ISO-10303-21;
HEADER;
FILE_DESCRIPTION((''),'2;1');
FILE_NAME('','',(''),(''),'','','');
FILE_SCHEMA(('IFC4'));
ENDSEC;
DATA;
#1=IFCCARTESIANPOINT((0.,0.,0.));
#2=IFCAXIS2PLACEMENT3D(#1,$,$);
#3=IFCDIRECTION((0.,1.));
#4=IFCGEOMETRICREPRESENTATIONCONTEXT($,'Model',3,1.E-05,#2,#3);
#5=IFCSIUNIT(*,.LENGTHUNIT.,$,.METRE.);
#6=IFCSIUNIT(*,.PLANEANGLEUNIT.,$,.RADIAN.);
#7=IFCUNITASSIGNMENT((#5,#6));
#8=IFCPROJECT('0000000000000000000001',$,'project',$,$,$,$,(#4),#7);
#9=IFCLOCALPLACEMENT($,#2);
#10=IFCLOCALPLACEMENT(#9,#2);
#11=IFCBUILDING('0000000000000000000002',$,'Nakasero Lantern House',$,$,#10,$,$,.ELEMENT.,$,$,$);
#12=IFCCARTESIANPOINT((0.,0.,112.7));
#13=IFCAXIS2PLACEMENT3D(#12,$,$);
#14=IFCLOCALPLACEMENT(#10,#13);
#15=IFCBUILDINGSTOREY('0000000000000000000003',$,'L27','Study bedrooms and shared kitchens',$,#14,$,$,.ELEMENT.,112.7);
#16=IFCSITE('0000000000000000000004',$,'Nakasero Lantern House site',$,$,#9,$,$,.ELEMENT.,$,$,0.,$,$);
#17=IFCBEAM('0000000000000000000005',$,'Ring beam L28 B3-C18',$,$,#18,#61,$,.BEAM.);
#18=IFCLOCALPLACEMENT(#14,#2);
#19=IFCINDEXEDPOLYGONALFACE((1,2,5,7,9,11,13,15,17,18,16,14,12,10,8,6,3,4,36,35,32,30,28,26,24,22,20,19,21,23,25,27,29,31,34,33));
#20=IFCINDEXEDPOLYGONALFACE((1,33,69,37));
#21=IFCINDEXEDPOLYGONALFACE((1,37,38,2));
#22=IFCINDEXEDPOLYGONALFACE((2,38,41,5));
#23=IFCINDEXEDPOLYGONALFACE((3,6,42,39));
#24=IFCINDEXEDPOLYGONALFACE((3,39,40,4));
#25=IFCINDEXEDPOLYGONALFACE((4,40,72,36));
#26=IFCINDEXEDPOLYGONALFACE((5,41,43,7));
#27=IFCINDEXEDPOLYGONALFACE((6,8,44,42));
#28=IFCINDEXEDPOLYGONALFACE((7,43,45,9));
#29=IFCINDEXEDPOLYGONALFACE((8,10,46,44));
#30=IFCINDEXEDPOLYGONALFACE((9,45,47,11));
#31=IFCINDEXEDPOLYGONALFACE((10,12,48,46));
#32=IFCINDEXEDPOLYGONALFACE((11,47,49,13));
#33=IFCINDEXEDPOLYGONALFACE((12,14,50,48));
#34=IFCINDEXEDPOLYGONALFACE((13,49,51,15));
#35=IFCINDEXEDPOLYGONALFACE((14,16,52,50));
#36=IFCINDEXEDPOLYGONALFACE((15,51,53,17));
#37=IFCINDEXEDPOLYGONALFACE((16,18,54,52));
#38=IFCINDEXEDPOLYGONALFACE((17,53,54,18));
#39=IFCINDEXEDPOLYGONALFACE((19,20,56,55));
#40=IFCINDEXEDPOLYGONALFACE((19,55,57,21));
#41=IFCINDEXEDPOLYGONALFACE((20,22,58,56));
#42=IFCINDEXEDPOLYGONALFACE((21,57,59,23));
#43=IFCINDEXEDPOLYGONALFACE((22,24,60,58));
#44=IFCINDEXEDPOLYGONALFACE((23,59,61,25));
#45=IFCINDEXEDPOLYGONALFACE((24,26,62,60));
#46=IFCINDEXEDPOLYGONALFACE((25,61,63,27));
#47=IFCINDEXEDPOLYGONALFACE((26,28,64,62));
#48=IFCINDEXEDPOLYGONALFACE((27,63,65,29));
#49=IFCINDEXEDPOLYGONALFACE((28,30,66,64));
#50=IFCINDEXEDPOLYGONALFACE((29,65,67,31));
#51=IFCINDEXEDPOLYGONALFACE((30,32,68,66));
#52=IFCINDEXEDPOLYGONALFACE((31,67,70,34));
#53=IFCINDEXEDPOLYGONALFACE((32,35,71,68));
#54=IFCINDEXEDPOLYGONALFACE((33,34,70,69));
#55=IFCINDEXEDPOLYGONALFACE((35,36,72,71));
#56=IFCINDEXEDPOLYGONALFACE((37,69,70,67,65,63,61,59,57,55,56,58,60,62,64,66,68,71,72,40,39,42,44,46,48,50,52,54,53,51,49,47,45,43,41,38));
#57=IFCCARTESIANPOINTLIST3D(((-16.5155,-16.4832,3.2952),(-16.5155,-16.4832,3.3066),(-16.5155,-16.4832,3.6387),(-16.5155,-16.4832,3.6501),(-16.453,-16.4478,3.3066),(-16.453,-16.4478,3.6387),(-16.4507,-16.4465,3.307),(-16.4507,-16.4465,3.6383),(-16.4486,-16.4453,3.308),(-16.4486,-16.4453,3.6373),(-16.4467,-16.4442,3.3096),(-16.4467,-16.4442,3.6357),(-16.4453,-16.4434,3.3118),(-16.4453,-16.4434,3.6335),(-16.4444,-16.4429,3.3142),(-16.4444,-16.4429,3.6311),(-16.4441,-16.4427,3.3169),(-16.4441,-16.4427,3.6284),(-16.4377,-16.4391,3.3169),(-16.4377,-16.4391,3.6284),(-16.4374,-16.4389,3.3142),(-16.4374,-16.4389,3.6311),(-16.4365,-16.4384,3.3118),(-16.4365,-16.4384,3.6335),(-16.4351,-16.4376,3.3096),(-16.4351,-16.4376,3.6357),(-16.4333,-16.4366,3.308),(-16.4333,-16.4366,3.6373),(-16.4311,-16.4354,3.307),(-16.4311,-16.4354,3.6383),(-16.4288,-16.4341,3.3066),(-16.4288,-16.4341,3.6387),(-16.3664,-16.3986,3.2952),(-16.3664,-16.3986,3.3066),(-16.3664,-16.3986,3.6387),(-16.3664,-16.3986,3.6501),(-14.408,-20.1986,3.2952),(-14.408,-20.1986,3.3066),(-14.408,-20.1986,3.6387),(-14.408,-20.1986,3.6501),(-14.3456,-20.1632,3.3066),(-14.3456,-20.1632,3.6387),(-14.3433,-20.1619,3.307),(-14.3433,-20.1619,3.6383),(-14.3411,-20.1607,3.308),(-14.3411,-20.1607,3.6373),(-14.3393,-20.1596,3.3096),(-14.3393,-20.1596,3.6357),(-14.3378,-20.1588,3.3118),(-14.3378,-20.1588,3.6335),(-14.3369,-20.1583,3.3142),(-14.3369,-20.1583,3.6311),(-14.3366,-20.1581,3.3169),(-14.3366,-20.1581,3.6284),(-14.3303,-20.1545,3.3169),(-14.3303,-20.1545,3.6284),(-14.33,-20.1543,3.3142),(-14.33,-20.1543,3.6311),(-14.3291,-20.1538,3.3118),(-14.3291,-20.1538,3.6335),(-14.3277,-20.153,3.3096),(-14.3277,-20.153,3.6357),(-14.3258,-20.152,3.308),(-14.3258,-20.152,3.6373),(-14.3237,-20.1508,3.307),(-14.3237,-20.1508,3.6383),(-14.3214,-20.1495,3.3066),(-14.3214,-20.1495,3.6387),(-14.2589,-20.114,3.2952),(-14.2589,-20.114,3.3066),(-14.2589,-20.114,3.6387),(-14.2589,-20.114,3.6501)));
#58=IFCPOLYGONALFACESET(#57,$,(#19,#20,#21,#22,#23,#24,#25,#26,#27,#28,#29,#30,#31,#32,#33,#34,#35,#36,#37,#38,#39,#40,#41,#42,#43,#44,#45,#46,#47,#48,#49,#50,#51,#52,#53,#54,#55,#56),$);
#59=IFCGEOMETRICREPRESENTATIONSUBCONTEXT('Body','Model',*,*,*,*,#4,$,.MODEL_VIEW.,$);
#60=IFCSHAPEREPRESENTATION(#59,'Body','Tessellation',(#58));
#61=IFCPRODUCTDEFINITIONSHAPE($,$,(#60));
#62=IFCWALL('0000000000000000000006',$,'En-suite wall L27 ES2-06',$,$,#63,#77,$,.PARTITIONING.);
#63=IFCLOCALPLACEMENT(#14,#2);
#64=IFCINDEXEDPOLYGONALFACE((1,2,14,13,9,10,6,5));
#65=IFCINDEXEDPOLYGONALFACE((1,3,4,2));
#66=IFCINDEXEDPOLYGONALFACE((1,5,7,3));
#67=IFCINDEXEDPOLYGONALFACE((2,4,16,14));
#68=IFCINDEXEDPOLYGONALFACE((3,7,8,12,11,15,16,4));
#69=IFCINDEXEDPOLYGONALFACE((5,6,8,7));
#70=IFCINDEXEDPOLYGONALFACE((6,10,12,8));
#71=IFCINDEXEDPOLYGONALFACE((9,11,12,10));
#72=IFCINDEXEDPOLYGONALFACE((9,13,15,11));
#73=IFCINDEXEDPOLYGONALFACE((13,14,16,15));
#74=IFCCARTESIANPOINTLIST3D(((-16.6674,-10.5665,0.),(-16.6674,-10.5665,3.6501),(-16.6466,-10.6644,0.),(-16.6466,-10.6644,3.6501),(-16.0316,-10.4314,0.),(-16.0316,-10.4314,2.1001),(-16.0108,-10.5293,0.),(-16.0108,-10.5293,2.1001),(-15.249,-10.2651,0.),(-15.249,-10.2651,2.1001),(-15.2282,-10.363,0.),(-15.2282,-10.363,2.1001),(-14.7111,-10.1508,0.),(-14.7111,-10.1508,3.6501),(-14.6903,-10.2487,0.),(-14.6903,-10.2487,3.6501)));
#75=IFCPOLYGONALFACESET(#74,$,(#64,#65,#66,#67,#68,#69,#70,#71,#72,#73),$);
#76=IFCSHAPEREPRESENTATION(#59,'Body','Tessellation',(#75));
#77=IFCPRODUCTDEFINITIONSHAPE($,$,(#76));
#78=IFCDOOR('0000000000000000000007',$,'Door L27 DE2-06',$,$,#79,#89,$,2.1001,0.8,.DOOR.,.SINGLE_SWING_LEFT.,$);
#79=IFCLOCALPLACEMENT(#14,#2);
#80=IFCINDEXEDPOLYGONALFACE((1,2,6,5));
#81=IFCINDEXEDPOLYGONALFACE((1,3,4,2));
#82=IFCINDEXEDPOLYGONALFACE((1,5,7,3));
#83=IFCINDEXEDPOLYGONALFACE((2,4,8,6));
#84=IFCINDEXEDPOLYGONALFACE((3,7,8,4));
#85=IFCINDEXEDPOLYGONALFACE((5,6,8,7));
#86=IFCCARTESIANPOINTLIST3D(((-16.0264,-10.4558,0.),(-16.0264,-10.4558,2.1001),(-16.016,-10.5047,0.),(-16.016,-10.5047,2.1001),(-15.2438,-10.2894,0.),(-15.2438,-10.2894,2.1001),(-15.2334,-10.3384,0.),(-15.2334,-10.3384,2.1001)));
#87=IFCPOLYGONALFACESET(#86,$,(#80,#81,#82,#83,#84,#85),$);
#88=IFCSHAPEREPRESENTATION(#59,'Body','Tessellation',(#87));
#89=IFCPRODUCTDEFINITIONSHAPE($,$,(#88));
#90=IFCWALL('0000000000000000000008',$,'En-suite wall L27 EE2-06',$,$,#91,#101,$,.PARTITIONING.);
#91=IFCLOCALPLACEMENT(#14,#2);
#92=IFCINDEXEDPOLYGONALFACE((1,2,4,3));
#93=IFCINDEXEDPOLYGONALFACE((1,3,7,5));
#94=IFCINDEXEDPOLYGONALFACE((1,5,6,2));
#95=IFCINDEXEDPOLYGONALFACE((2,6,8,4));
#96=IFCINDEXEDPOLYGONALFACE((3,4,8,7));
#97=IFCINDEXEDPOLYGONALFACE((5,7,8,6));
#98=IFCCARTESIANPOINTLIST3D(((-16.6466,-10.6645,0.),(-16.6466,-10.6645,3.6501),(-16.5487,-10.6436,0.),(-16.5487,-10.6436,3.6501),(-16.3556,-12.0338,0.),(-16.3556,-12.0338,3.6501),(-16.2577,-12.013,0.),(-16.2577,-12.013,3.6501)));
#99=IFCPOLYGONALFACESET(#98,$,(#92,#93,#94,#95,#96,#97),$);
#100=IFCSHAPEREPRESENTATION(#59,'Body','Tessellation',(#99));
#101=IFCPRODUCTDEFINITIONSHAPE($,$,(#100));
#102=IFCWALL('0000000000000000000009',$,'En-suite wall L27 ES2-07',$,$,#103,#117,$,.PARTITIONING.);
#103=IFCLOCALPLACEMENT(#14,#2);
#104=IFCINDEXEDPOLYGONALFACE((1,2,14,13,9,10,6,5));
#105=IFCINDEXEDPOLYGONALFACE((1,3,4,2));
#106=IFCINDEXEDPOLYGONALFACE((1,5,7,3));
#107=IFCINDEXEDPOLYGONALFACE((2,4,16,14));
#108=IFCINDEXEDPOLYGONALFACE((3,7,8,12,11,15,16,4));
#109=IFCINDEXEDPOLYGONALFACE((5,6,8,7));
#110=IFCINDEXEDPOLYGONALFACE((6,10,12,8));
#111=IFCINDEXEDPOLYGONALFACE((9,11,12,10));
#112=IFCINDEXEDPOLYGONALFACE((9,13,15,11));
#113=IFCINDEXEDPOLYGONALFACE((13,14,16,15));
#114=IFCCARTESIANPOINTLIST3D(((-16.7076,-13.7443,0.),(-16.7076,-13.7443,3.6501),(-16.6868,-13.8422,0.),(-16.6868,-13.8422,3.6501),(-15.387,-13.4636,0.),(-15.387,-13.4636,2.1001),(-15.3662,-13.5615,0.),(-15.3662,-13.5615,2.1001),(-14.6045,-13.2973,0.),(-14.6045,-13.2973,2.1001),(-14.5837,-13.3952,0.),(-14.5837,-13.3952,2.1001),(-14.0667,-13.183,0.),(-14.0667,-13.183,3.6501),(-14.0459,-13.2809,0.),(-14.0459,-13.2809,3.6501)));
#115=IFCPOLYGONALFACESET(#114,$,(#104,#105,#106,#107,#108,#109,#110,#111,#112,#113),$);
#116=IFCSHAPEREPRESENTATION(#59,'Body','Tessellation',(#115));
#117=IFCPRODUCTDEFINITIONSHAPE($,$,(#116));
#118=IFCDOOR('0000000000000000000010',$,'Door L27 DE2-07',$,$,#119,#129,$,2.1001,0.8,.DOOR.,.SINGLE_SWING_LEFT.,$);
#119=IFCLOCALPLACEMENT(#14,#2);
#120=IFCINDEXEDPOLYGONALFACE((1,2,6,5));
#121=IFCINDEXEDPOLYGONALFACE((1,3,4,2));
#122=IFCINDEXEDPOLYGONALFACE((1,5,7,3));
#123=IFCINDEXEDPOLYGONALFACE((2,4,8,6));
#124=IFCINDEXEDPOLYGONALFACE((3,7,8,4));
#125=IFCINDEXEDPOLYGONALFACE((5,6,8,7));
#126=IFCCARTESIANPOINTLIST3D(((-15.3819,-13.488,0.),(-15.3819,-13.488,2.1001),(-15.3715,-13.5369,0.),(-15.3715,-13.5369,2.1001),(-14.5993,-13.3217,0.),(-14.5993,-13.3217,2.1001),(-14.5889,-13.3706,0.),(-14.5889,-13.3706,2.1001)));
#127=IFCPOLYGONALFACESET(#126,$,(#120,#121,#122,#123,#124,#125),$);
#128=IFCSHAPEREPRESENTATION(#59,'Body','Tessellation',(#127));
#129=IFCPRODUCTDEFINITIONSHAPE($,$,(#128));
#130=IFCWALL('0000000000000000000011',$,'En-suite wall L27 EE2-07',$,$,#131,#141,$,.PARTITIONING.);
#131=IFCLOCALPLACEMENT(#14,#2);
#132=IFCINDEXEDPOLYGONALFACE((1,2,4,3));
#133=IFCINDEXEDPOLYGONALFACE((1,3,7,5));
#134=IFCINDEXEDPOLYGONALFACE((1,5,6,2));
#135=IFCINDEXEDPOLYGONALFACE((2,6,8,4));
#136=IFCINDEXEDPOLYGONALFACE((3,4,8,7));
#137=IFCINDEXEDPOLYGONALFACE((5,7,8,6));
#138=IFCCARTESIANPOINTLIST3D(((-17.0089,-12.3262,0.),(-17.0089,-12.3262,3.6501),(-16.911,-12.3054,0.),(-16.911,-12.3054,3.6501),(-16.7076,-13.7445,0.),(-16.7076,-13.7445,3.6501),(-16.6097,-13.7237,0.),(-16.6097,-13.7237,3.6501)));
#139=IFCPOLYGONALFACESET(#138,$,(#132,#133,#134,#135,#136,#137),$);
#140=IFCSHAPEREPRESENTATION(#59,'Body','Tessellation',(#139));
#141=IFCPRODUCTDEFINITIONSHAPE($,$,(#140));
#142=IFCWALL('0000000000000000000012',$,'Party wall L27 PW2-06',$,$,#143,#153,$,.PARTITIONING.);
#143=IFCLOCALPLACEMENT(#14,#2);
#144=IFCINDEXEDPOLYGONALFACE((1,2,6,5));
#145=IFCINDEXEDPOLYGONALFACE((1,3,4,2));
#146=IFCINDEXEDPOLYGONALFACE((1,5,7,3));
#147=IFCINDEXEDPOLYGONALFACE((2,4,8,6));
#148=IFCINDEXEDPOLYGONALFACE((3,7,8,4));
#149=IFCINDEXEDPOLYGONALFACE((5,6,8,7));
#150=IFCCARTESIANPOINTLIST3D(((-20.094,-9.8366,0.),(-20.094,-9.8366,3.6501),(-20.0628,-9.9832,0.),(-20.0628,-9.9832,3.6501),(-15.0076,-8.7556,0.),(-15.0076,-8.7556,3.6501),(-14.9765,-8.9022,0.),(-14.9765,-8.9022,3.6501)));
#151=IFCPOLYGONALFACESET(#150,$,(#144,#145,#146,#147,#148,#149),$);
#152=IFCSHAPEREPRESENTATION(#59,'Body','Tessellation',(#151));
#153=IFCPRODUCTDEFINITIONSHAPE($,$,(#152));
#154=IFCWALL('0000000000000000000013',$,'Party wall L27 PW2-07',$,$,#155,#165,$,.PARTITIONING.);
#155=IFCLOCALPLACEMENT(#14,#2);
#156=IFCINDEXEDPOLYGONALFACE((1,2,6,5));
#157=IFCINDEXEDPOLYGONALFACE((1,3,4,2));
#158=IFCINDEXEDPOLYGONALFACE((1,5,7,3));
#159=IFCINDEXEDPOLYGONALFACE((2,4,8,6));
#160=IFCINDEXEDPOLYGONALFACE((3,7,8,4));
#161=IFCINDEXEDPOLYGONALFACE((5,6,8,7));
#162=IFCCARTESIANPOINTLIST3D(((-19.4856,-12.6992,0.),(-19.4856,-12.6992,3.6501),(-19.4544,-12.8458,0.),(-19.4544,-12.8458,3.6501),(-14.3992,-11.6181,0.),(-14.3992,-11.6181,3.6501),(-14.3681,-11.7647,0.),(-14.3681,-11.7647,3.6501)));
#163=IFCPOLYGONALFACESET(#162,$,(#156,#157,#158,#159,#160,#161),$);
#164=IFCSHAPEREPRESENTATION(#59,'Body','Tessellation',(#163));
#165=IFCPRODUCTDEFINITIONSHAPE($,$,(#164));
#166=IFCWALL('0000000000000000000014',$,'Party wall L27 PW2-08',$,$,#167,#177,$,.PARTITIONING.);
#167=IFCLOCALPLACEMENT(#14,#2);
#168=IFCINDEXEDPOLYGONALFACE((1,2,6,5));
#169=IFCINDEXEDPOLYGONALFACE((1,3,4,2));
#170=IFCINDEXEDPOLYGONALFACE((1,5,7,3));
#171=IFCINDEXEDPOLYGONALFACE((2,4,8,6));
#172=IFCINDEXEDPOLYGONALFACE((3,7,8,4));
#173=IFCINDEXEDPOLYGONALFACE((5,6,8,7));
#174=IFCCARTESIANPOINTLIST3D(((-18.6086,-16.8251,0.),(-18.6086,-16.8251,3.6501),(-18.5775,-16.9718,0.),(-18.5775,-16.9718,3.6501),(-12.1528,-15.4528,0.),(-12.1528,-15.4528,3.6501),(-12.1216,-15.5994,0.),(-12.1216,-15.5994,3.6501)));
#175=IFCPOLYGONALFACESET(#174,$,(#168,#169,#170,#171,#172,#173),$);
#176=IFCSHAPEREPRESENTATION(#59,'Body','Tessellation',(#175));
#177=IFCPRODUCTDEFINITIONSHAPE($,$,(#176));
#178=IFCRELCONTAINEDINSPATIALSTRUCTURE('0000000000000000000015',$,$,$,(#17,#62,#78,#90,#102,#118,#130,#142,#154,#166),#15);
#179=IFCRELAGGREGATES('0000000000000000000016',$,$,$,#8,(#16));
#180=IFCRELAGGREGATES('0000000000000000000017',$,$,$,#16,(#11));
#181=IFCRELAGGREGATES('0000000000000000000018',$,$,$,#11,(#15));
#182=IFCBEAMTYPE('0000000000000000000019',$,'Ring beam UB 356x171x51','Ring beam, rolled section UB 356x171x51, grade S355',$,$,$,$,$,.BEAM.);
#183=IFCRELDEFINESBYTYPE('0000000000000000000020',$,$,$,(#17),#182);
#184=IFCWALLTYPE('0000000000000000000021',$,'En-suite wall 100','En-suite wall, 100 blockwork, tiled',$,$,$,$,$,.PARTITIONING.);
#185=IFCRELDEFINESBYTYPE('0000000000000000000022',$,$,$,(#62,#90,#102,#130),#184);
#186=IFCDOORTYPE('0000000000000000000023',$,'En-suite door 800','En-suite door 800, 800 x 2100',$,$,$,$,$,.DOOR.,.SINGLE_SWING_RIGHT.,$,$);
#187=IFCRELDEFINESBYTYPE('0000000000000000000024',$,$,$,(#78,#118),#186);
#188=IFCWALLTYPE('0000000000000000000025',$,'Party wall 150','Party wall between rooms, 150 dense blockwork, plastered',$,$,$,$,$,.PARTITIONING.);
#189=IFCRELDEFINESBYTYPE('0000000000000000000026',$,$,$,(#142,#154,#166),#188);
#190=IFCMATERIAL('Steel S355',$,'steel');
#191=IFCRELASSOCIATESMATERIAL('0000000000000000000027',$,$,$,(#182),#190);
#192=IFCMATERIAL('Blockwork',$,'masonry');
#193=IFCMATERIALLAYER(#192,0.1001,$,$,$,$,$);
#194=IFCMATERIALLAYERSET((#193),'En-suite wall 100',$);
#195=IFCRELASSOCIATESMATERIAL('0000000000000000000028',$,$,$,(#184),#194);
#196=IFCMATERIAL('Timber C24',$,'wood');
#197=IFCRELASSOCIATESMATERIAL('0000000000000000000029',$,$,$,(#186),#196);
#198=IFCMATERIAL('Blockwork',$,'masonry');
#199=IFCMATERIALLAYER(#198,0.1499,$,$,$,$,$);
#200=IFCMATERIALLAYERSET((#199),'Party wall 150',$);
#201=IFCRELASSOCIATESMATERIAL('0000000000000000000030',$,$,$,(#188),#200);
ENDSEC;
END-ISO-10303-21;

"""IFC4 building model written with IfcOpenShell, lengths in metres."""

from ifc_helpers import new_model, si_unit, direction, frame, frame_2d, origin, origin_2d, place, context, subcontext, project, spatial, rectangle, i_section, extrude, material, layer, layer_set, material_profile, profile_set, type_object, element, fill, save


model = new_model("IFC4")

# Units and contexts
model_context = context("Model", 3, precision=1e-05, world=origin(), true_north=direction((0.0, 1.0)))
body_context = subcontext(model_context, "Body", "Model", "MODEL_VIEW")
ifc_project = project(units=[si_unit("LENGTHUNIT", "METRE"), si_unit("PLANEANGLEUNIT", "RADIAN")], contexts=[model_context])

# Site, building, storey
site_placement = place(None, origin())
site = spatial("IfcSite", under=ifc_project, at=site_placement, Name="Nakasero Lantern House site", CompositionType="ELEMENT", RefElevation=0.0)
building_placement = place(site_placement, origin())
building = spatial("IfcBuilding", under=site, at=building_placement, Name="Nakasero Lantern House", CompositionType="ELEMENT")
storey_placement = place(building_placement, frame((0.0, 0.0, 112.7)))
storey = spatial("IfcBuildingStorey", under=building, at=storey_placement, Name="L27", Description="Study bedrooms and shared kitchens", CompositionType="ELEMENT", Elevation=112.7)

# Beam
ifc_material_1 = material(Name="Steel S355", Category="steel")
ifc_material_profile_1 = material_profile(ifc_material_1, i_section(OverallWidth=0.1714, OverallDepth=0.355, WebThickness=0.0073, FlangeThickness=0.0115, FilletRadius=0.0103, at=origin_2d()), Name="UB 356x171x51")
ifc_profile_set_1 = profile_set([ifc_material_profile_1], Name="Steel S355")
beam_type_1 = type_object("IfcBeamType", Name="Ring beam UB 356x171x51", Description="Ring beam, rolled section UB 356x171x51, grade S355", PredefinedType="BEAM", material=ifc_profile_set_1)
beam_1_placement = place(storey_placement, frame((-16.4409, -16.4409, 3.4727), z_axis=(0.493379, -0.869815, 0.0), x_axis=(0.869815, 0.493379, 0.0)))
element("IfcBeam", 1, at=beam_1_placement, inside=storey, type_object=beam_type_1, Name="Ring beam L28 B3-C18", PredefinedType="BEAM", context=body_context, shape_type="SweptSolid", body=[
    extrude(i_section(OverallWidth=0.1714, OverallDepth=0.355, WebThickness=0.0073, FlangeThickness=0.0115, FilletRadius=0.0103, at=origin_2d()), origin(), (0.0, 0.0, 1.0), 4.2715),
])

# Wall, opening, door
ifc_material_2 = material(Name="Blockwork", Category="masonry")
ifc_layer_1 = layer(ifc_material_2, 0.1001)
ifc_layer_set_1 = layer_set([ifc_layer_1], Name="En-suite wall 100")
wall_type_1 = type_object("IfcWallType", Name="En-suite wall 100", Description="En-suite wall, 100 blockwork, tiled", PredefinedType="PARTITIONING", material=ifc_layer_set_1)
wall_1_placement = place(storey_placement, frame((-14.7007, -10.1997, 0.0), z_axis=(0.0, 0.0, 1.0), x_axis=(-0.978153, -0.207886, 0.0)))
wall_1 = element("IfcWall", 2, at=wall_1_placement, inside=storey, type_object=wall_type_1, Name="En-suite wall L27 ES2-06", PredefinedType="PARTITIONING", context=body_context, shape_type="SweptSolid", body=[
    extrude(rectangle(XDim=2.0, YDim=0.1001, at=frame_2d((1.0, 0.0))), origin(), (0.0, 0.0, 1.0), 3.6501),
])
opening_1_placement = place(wall_1_placement, frame((0.55, 0.0, 0.0)))
opening_1 = element("IfcOpeningElement", 3, at=opening_1_placement, cuts=wall_1, PredefinedType="OPENING", context=body_context, shape_type="SweptSolid", body=[
    extrude(rectangle(XDim=0.8, YDim=2.1001, at=frame_2d((0.3999, 1.05))), frame((0.0, 0.0701, 0.0), z_axis=(0.0, -1.0, 0.0), x_axis=(1.0, 0.0, 0.0)), (0.0, 0.0, 1.0), 0.1401),
])
ifc_material_3 = material(Name="Timber C24", Category="wood")
door_type = type_object("IfcDoorType", Name="En-suite door 800", Description="En-suite door 800, 800 x 2100", OperationType="SINGLE_SWING_RIGHT", PredefinedType="DOOR", material=ifc_material_3)
door_1_placement = place(opening_1_placement, origin())
door_1 = element("IfcDoor", 4, at=door_1_placement, inside=storey, type_object=door_type, Name="Door L27 DE2-06", OperationType="SINGLE_SWING_LEFT", OverallHeight=2.1001, OverallWidth=0.8, PredefinedType="DOOR", context=body_context, shape_type="SweptSolid", body=[
    extrude(rectangle(XDim=0.8, YDim=2.1001, at=frame_2d((0.3999, 1.05))), frame((0.0, 0.0249, 0.0), z_axis=(0.0, -1.0, 0.0), x_axis=(1.0, 0.0, 0.0)), (0.0, 0.0, 1.0), 0.05),
])
fill(opening_1, door_1)

# Wall
wall_2_placement = place(storey_placement, frame((-16.5977, -10.6541, 0.0), z_axis=(0.0, 0.0, 1.0), x_axis=(0.207873, -0.978156, 0.0)))
element("IfcWall", 5, at=wall_2_placement, inside=storey, type_object=wall_type_1, Name="En-suite wall L27 EE2-06", PredefinedType="PARTITIONING", context=body_context, shape_type="SweptSolid", body=[
    extrude(rectangle(XDim=1.3999, YDim=0.1001, at=frame_2d((0.7, 0.0))), origin(), (0.0, 0.0, 1.0), 3.6501),
])

# Wall, opening, door
wall_3_placement = place(storey_placement, frame((-14.0562, -13.2319, 0.0), z_axis=(0.0, 0.0, 1.0), x_axis=(-0.978152, -0.207892, 0.0)))
wall_3 = element("IfcWall", 6, at=wall_3_placement, inside=storey, type_object=wall_type_1, Name="En-suite wall L27 ES2-07", PredefinedType="PARTITIONING", context=body_context, shape_type="SweptSolid", body=[
    extrude(rectangle(XDim=2.7, YDim=0.1001, at=frame_2d((1.3501, 0.0))), origin(), (0.0, 0.0, 1.0), 3.6501),
])
opening_2_placement = place(wall_3_placement, frame((0.55, 0.0, 0.0)))
opening_2 = element("IfcOpeningElement", 7, at=opening_2_placement, cuts=wall_3, PredefinedType="OPENING", context=body_context, shape_type="SweptSolid", body=[
    extrude(rectangle(XDim=0.8, YDim=2.1001, at=frame_2d((0.3999, 1.05))), frame((0.0, 0.0701, 0.0), z_axis=(0.0, -1.0, 0.0), x_axis=(1.0, 0.0, 0.0)), (0.0, 0.0, 1.0), 0.1401),
])
door_2_placement = place(opening_2_placement, origin())
door_2 = element("IfcDoor", 8, at=door_2_placement, inside=storey, type_object=door_type, Name="Door L27 DE2-07", OperationType="SINGLE_SWING_LEFT", OverallHeight=2.1001, OverallWidth=0.8, PredefinedType="DOOR", context=body_context, shape_type="SweptSolid", body=[
    extrude(rectangle(XDim=0.8, YDim=2.1001, at=frame_2d((0.3999, 1.05))), frame((0.0, 0.0249, 0.0), z_axis=(0.0, -1.0, 0.0), x_axis=(1.0, 0.0, 0.0)), (0.0, 0.0, 1.0), 0.05),
])
fill(opening_2, door_2)

# Walls
wall_4_placement = place(storey_placement, frame((-16.96, -12.3157, 0.0), z_axis=(0.0, 0.0, 1.0), x_axis=(0.207792, -0.978173, 0.0)))
element("IfcWall", 9, at=wall_4_placement, inside=storey, type_object=wall_type_1, Name="En-suite wall L27 EE2-07", PredefinedType="PARTITIONING", context=body_context, shape_type="SweptSolid", body=[
    extrude(rectangle(XDim=1.45, YDim=0.1001, at=frame_2d((0.7251, 0.0))), origin(), (0.0, 0.0, 1.0), 3.6501),
])
ifc_material_4 = material(Name="Blockwork", Category="masonry")
ifc_layer_2 = layer(ifc_material_4, 0.1499)
ifc_layer_set_2 = layer_set([ifc_layer_2], Name="Party wall 150")
wall_type_2 = type_object("IfcWallType", Name="Party wall 150", Description="Party wall between rooms, 150 dense blockwork, plastered", PredefinedType="PARTITIONING", material=ifc_layer_set_2)
for number, where, z_axis, x_axis, name in (
    (10, (-14.9919, -8.8289, 0.0), (0.0, 0.0, 1.0), (-0.978151, -0.207894, 0.0), "Party wall L27 PW2-06"),
    (11, (-14.3835, -11.6914, 0.0), (0.0, 0.0, 1.0), (-0.978151, -0.207894, 0.0), "Party wall L27 PW2-07"),
):
    element("IfcWall", number, at=place(storey_placement, frame(where, z_axis=z_axis, x_axis=x_axis)), inside=storey, type_object=wall_type_2, Name=name, PredefinedType="PARTITIONING", context=body_context, shape_type="SweptSolid", body=[
        extrude(rectangle(XDim=5.2, YDim=0.1499, at=frame_2d((2.6001, 0.0))), origin(), (0.0, 0.0, 1.0), 3.6501),
    ])
wall_5_placement = place(storey_placement, frame((-12.1372, -15.5261, 0.0), z_axis=(0.0, 0.0, 1.0), x_axis=(-0.978145, -0.207925, 0.0)))
element("IfcWall", 12, at=wall_5_placement, inside=storey, type_object=wall_type_2, Name="Party wall L27 PW2-08", PredefinedType="PARTITIONING", context=body_context, shape_type="SweptSolid", body=[
    extrude(rectangle(XDim=6.6001, YDim=0.1499, at=frame_2d((3.3, 0.0))), origin(), (0.0, 0.0, 1.0), 3.6501),
])

save(model, "model.ifc")
